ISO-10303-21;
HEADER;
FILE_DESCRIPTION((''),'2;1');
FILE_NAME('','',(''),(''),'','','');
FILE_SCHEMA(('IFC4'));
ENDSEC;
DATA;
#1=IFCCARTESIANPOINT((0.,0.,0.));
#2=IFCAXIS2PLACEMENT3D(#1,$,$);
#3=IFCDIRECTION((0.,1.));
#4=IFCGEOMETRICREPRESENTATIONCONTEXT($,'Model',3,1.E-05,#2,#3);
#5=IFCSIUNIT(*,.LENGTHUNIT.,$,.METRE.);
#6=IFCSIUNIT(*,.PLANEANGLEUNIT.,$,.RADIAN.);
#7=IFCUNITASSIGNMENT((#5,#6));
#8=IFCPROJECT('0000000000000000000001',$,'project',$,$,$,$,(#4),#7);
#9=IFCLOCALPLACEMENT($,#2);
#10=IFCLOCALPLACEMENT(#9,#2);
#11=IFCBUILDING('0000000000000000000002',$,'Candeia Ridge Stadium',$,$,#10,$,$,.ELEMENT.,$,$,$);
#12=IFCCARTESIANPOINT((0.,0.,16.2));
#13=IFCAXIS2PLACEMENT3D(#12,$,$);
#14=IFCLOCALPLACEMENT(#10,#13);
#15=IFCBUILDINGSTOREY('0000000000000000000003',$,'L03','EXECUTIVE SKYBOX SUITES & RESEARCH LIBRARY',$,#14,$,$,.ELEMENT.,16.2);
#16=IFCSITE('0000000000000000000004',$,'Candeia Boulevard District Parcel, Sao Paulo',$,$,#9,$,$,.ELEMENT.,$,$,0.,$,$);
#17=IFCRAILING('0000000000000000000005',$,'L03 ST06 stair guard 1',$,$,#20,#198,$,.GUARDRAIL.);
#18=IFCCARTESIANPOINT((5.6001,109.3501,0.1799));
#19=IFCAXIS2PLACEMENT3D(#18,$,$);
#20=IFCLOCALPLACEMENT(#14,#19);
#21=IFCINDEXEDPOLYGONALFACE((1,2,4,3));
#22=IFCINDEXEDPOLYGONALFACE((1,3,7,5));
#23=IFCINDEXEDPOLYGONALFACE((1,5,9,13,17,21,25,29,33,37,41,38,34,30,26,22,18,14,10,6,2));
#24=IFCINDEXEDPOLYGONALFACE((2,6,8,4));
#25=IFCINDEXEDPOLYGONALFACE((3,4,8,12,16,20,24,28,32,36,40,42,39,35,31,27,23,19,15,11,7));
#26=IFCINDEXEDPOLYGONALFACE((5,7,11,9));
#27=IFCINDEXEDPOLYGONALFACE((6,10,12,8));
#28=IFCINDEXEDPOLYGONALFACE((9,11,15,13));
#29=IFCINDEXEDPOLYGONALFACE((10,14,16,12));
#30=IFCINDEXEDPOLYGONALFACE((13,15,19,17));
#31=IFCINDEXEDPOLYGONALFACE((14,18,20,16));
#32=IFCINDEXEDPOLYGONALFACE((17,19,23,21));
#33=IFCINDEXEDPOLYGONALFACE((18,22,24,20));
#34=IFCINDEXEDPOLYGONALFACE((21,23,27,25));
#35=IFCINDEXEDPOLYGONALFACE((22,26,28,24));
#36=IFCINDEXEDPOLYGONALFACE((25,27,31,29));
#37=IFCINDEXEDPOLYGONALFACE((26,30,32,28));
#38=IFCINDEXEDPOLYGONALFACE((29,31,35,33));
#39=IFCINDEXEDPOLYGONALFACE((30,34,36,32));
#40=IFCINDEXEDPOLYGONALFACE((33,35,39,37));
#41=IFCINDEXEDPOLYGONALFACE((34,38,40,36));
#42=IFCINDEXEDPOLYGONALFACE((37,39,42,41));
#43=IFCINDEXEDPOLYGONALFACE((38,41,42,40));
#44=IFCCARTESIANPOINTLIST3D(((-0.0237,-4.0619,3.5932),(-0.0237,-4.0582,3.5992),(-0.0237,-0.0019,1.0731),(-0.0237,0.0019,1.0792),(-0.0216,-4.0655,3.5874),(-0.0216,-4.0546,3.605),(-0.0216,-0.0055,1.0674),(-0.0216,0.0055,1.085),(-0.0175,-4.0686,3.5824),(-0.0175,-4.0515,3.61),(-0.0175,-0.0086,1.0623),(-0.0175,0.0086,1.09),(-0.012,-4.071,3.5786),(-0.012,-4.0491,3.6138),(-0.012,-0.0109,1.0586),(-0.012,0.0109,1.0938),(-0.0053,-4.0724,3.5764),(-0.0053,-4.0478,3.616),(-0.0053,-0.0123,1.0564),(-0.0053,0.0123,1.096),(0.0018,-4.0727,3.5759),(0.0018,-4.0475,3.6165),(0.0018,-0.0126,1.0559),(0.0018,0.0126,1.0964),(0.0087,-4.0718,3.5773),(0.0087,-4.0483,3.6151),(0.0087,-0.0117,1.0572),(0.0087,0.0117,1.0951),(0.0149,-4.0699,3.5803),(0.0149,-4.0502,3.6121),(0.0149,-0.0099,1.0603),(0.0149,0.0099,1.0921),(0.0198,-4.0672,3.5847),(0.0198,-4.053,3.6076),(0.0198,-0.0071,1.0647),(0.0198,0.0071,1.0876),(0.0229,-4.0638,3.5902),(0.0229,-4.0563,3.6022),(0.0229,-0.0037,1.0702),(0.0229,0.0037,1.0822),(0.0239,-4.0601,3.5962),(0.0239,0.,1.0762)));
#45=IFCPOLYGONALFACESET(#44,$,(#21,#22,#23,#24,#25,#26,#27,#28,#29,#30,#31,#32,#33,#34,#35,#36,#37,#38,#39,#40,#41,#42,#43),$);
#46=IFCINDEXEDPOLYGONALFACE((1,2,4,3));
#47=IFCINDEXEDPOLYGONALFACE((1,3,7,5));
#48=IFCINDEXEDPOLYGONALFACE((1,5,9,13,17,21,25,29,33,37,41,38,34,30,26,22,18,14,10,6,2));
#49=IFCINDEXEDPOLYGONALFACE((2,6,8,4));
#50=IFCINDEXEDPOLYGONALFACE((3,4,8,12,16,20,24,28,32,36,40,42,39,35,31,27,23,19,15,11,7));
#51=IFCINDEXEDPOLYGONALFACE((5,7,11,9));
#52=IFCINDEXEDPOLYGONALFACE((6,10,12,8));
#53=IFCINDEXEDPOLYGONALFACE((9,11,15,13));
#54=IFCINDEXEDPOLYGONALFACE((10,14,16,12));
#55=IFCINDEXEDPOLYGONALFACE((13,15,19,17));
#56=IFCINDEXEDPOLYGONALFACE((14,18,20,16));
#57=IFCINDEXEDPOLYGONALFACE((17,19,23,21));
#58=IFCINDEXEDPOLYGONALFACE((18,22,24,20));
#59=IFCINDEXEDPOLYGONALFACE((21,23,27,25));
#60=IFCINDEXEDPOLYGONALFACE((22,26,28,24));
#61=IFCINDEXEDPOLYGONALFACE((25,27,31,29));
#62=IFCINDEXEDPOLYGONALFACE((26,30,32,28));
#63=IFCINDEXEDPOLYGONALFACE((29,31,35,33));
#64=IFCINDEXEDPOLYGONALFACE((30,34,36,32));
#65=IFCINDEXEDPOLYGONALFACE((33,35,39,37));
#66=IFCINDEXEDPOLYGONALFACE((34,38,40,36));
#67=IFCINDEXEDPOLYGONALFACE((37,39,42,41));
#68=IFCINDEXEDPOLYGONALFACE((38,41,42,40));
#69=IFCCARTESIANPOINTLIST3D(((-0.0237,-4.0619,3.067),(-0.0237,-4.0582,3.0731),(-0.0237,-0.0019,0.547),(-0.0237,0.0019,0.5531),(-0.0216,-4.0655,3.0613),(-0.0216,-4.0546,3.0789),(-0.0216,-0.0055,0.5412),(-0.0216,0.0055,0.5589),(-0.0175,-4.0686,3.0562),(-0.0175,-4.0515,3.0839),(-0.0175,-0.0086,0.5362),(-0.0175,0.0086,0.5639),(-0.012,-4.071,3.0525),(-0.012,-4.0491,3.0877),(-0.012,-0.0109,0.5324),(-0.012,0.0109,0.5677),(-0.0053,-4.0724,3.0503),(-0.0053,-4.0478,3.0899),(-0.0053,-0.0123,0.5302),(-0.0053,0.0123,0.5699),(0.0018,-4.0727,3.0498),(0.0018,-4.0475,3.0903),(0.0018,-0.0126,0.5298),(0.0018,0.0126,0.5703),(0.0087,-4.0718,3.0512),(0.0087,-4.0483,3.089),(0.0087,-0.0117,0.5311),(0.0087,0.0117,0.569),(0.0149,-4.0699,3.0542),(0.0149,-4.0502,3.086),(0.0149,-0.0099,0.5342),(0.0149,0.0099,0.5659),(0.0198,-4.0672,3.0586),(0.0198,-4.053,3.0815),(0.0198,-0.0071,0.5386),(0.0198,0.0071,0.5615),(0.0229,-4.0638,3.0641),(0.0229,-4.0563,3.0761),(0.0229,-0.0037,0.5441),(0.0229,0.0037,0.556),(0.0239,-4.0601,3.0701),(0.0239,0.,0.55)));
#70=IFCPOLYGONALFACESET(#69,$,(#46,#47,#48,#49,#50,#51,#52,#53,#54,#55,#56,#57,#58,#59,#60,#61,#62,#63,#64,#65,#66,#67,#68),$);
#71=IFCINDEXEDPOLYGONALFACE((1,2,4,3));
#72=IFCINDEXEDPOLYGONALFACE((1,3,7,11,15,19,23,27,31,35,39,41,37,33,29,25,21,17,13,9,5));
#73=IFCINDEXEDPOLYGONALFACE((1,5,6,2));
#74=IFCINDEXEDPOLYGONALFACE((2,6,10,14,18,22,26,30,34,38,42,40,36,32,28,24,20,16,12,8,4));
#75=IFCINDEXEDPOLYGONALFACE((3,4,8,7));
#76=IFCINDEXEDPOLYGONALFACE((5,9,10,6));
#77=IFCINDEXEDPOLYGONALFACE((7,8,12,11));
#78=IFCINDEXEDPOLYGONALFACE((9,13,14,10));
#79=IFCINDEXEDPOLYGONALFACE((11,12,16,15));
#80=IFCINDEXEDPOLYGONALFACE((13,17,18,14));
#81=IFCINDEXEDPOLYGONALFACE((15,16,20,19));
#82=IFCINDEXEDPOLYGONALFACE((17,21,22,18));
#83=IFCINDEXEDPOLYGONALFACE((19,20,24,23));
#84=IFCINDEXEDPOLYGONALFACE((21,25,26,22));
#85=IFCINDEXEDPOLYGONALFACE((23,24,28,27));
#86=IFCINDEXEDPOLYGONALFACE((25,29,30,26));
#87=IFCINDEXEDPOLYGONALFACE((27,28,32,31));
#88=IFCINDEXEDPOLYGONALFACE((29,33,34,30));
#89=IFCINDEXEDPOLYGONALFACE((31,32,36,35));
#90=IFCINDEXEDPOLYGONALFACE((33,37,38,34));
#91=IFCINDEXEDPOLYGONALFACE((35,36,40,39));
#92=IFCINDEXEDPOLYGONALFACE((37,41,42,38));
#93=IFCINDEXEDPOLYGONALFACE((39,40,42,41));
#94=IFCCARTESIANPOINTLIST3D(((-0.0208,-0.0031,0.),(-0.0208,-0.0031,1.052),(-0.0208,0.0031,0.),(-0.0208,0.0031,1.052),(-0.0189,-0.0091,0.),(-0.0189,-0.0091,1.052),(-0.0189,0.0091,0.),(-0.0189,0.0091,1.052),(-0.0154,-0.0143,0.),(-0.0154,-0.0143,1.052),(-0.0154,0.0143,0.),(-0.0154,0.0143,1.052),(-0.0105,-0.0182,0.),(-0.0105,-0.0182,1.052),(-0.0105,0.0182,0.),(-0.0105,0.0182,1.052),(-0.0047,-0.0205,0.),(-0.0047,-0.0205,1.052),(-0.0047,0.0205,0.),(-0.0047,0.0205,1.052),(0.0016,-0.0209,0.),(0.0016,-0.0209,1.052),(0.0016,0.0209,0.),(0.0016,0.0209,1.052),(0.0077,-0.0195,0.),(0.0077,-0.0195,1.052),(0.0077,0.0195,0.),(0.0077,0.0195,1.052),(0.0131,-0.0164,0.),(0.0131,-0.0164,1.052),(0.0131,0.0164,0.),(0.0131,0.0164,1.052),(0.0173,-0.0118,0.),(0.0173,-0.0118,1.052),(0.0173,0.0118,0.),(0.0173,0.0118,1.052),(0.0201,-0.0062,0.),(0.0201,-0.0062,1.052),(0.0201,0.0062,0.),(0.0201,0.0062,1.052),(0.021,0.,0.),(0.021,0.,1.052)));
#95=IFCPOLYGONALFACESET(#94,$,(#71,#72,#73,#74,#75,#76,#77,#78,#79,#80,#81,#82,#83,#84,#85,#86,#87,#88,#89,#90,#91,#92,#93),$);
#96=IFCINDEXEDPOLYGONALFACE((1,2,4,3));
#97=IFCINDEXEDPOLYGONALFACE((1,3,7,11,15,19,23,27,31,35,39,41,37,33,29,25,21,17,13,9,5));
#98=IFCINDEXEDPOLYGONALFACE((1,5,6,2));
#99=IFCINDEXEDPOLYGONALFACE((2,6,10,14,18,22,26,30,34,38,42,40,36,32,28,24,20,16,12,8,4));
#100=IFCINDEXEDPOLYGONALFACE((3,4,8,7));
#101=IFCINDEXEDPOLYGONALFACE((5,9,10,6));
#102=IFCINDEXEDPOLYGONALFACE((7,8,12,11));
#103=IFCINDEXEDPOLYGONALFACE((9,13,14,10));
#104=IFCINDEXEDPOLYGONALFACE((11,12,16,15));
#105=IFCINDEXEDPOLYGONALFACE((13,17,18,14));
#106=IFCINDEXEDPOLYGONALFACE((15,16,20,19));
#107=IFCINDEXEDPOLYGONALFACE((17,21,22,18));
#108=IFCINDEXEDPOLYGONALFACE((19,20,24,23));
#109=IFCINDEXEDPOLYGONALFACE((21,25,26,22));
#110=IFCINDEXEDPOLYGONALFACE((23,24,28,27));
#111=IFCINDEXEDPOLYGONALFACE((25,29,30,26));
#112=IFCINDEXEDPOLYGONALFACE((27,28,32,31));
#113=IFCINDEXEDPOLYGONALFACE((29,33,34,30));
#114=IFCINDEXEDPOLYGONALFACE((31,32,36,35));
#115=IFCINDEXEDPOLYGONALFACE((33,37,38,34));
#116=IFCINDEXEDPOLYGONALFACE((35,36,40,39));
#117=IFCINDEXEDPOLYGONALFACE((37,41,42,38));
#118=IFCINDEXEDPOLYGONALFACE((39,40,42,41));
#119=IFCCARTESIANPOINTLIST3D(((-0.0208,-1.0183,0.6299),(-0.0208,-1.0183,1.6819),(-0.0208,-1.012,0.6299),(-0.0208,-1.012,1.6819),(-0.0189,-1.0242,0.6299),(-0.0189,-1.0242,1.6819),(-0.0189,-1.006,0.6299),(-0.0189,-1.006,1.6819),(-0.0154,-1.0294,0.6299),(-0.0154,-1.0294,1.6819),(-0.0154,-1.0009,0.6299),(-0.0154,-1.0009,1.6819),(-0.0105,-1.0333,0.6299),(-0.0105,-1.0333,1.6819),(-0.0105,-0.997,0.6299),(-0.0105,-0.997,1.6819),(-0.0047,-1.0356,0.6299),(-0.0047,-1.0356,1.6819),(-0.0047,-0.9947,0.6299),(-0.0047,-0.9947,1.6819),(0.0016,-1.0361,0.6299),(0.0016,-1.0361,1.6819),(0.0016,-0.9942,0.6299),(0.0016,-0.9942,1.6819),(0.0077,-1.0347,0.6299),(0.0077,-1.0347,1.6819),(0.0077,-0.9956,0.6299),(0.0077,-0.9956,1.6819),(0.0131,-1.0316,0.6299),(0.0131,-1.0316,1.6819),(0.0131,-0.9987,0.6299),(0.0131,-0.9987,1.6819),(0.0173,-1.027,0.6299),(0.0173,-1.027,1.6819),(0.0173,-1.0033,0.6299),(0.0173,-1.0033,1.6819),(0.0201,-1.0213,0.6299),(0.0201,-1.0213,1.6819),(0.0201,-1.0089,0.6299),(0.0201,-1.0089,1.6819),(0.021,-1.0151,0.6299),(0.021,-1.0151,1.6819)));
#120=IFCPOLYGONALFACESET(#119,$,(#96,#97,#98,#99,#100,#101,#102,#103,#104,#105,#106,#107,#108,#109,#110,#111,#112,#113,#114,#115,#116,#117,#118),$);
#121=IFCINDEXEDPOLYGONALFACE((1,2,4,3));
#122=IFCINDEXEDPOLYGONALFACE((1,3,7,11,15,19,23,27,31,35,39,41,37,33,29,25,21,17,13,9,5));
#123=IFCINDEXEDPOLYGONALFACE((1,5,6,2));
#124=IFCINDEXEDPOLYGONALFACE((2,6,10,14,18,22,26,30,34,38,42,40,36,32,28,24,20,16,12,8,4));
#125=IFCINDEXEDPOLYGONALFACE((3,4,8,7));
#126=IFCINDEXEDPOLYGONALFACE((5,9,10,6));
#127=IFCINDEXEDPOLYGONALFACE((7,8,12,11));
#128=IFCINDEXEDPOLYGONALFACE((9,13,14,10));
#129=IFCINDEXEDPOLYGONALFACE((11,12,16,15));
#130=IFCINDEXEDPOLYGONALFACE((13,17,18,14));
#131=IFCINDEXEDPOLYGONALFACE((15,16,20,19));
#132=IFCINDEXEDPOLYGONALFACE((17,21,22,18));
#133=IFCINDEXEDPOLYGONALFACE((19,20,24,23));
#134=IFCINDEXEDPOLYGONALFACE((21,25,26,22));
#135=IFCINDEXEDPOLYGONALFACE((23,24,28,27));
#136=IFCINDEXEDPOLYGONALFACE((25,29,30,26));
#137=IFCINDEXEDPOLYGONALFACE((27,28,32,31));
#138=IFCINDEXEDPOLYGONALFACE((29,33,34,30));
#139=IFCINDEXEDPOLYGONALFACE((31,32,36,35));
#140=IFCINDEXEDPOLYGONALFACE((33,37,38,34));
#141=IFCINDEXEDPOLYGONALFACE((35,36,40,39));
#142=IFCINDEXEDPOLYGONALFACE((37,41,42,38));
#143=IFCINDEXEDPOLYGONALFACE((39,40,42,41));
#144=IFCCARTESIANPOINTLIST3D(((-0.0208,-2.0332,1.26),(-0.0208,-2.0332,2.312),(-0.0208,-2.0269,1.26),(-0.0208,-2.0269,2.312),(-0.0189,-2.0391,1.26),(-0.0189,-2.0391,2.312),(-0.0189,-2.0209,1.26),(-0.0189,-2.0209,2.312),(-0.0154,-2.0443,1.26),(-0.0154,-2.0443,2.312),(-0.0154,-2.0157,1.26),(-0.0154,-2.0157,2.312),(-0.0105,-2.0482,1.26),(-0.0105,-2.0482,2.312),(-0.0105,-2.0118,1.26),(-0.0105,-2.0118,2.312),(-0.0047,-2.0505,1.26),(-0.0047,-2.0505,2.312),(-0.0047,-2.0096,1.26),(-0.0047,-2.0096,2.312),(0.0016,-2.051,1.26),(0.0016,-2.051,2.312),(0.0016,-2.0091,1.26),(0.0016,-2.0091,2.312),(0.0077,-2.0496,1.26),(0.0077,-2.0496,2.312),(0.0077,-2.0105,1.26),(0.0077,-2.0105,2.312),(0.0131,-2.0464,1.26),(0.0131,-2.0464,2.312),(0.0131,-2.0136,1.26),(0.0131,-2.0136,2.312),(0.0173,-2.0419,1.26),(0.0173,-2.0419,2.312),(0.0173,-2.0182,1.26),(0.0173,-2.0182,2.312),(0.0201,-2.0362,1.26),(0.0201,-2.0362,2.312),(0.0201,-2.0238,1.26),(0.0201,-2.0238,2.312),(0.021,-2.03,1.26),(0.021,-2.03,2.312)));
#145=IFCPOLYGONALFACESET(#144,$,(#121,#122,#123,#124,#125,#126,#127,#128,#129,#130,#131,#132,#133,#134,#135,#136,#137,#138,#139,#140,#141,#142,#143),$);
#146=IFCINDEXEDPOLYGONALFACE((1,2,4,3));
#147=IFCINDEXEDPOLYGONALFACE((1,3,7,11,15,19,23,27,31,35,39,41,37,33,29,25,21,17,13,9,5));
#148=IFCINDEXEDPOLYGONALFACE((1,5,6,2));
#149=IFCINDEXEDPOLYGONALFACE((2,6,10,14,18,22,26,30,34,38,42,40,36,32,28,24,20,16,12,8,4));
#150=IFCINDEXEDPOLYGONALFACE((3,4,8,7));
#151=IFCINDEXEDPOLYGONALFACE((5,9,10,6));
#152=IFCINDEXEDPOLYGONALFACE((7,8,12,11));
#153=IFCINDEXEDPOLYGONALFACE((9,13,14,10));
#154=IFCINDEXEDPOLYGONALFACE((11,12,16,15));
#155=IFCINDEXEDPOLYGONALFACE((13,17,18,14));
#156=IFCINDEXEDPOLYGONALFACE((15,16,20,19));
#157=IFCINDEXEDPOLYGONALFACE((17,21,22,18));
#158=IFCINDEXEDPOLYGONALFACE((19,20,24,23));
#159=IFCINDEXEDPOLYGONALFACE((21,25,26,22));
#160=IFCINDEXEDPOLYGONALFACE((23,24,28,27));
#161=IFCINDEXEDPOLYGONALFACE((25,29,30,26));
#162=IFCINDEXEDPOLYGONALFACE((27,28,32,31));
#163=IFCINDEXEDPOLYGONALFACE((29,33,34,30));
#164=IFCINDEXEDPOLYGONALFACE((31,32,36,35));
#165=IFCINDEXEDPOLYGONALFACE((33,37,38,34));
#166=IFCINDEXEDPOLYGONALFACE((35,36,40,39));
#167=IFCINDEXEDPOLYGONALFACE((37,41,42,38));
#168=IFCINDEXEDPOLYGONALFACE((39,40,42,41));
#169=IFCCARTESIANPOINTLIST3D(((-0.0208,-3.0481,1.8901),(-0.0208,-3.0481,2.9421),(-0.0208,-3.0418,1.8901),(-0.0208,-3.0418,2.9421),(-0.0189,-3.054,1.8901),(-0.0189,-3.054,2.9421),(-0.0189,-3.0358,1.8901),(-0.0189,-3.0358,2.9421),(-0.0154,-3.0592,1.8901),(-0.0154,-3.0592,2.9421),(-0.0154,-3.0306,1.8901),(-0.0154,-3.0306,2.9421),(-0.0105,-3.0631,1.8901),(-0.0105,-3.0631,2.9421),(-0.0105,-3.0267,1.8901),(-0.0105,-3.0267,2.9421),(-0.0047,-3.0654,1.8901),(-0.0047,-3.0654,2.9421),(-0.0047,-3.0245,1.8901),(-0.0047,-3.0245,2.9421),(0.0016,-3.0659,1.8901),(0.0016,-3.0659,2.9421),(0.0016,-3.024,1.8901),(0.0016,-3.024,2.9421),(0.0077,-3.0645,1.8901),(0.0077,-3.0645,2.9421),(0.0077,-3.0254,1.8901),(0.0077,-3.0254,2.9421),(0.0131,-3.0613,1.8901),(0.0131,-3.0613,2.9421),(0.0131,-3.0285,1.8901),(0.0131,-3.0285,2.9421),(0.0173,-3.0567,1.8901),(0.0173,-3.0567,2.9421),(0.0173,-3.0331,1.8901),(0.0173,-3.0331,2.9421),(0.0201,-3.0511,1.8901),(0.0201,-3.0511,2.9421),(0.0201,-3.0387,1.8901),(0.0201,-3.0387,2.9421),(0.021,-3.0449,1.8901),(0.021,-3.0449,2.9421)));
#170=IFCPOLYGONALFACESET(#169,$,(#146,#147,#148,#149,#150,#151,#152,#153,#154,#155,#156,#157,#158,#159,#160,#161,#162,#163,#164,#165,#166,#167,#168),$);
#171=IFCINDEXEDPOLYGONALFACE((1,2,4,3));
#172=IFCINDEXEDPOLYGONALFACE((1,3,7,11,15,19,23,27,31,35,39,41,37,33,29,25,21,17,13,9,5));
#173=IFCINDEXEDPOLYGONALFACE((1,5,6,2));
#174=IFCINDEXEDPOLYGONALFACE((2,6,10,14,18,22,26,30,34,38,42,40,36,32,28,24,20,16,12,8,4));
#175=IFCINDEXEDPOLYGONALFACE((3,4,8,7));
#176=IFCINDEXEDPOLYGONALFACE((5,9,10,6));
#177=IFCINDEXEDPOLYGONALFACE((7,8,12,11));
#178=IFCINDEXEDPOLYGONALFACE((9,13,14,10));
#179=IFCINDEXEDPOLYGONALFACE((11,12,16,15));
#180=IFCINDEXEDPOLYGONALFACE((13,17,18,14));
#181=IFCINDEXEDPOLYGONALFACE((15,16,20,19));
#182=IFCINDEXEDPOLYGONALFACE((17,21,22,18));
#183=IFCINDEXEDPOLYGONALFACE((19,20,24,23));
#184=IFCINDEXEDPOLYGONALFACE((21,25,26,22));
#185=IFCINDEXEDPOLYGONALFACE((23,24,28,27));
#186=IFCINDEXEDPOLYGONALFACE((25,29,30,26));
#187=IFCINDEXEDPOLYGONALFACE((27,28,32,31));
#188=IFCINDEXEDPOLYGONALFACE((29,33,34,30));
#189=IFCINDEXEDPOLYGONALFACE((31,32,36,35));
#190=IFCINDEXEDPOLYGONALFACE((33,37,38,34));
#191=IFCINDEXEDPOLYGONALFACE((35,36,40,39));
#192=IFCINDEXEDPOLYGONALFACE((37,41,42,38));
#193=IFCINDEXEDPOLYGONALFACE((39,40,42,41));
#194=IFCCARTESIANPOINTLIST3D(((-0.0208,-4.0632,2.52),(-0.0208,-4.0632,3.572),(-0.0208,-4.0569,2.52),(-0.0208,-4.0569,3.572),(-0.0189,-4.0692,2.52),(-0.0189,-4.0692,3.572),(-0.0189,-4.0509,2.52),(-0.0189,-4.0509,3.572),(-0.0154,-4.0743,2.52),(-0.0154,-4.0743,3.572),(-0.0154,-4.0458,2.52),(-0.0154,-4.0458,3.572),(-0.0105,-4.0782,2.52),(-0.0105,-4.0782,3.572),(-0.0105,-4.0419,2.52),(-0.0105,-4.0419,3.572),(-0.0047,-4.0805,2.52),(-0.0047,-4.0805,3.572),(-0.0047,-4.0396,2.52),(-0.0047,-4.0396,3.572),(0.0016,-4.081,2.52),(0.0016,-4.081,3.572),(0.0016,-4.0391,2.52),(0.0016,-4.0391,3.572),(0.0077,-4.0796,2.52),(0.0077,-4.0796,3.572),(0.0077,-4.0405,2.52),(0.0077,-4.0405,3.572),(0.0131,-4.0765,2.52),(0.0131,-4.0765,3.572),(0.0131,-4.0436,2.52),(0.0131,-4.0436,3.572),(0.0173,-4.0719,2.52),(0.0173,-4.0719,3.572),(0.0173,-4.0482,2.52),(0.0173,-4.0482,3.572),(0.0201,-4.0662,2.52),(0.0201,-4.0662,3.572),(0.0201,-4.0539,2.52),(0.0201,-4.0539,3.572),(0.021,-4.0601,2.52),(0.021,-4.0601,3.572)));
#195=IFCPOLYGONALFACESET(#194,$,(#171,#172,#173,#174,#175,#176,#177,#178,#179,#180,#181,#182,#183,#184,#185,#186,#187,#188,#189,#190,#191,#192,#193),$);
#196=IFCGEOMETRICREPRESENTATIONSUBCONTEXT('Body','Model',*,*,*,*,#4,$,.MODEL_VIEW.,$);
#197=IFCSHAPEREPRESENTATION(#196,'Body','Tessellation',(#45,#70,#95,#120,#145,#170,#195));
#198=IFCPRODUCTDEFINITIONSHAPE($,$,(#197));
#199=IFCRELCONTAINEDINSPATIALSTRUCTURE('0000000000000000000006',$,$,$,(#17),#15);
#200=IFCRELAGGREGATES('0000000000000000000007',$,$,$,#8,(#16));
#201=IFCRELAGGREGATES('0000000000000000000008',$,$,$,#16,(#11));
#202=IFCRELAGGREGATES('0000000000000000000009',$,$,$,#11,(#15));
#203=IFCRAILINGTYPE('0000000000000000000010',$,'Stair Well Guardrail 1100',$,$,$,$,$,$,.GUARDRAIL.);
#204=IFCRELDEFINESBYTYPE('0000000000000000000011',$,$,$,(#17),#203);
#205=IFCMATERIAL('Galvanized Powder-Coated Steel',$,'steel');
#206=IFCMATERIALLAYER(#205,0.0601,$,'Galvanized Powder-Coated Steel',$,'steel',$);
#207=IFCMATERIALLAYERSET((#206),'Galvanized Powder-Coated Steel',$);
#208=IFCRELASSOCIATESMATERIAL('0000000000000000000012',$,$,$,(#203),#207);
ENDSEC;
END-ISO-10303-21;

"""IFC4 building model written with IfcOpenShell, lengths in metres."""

from ifc_helpers import new_model, si_unit, direction, frame, origin, origin_2d, place, context, subcontext, project, spatial, circle, extrude, material, layer, layer_set, type_object, element, save


model = new_model("IFC4")

# Units and contexts
model_context = context("Model", 3, precision=1e-05, world=origin(), true_north=direction((0.0, 1.0)))
body_context = subcontext(model_context, "Body", "Model", "MODEL_VIEW")
ifc_project = project(units=[si_unit("LENGTHUNIT", "METRE"), si_unit("PLANEANGLEUNIT", "RADIAN")], contexts=[model_context])

# Site, building, storey
site_placement = place(None, origin())
site = spatial("IfcSite", under=ifc_project, at=site_placement, Name="Candeia Boulevard District Parcel, Sao Paulo", CompositionType="ELEMENT", RefElevation=0.0)
building_placement = place(site_placement, origin())
building = spatial("IfcBuilding", under=site, at=building_placement, Name="Candeia Ridge Stadium", CompositionType="ELEMENT")
storey_placement = place(building_placement, frame((0.0, 0.0, 16.2)))
storey = spatial("IfcBuildingStorey", under=building, at=storey_placement, Name="L03", Description="EXECUTIVE SKYBOX SUITES & RESEARCH LIBRARY", CompositionType="ELEMENT", Elevation=16.2)

# Railing
ifc_material_1 = material(Name="Galvanized Powder-Coated Steel", Category="steel")
ifc_layer_1 = layer(ifc_material_1, 0.0601, Name="Galvanized Powder-Coated Steel", Category="steel")
ifc_layer_set_1 = layer_set([ifc_layer_1], Name="Galvanized Powder-Coated Steel")
railing_type_1 = type_object("IfcRailingType", Name="Stair Well Guardrail 1100", PredefinedType="GUARDRAIL", material=ifc_layer_set_1)
railing_1_placement = place(storey_placement, frame((5.6001, 109.3501, 0.1799)))
element("IfcRailing", 1, at=railing_1_placement, inside=storey, type_object=railing_type_1, Name="L03 ST06 stair guard 1", PredefinedType="GUARDRAIL", context=body_context, shape_type="SweptSolid", body=[
    extrude(circle(Radius=0.0239, at=origin_2d()), frame((0.0, 0.0, 1.0762), z_axis=(0.0, -0.849642, 0.52736), x_axis=(1.0, 0.0, 0.0)), (0.0, 0.0, 1.0), 4.7786),
    extrude(circle(Radius=0.0239, at=origin_2d()), frame((0.0, 0.0, 0.55), z_axis=(0.0, -0.849642, 0.52736), x_axis=(1.0, 0.0, 0.0)), (0.0, 0.0, 1.0), 4.7786),
    extrude(circle(Radius=0.021, at=origin_2d()), origin(), (0.0, 0.0, 1.0), 1.052),
    extrude(circle(Radius=0.021, at=origin_2d()), frame((0.0, -1.0151, 0.6299)), (0.0, 0.0, 1.0), 1.052),
    extrude(circle(Radius=0.021, at=origin_2d()), frame((0.0, -2.03, 1.26)), (0.0, 0.0, 1.0), 1.052),
    extrude(circle(Radius=0.021, at=origin_2d()), frame((0.0, -3.0449, 1.8901)), (0.0, 0.0, 1.0), 1.052),
    extrude(circle(Radius=0.021, at=origin_2d()), frame((0.0, -4.0601, 2.52)), (0.0, 0.0, 1.0), 1.052),
])

save(model, "model.ifc")
